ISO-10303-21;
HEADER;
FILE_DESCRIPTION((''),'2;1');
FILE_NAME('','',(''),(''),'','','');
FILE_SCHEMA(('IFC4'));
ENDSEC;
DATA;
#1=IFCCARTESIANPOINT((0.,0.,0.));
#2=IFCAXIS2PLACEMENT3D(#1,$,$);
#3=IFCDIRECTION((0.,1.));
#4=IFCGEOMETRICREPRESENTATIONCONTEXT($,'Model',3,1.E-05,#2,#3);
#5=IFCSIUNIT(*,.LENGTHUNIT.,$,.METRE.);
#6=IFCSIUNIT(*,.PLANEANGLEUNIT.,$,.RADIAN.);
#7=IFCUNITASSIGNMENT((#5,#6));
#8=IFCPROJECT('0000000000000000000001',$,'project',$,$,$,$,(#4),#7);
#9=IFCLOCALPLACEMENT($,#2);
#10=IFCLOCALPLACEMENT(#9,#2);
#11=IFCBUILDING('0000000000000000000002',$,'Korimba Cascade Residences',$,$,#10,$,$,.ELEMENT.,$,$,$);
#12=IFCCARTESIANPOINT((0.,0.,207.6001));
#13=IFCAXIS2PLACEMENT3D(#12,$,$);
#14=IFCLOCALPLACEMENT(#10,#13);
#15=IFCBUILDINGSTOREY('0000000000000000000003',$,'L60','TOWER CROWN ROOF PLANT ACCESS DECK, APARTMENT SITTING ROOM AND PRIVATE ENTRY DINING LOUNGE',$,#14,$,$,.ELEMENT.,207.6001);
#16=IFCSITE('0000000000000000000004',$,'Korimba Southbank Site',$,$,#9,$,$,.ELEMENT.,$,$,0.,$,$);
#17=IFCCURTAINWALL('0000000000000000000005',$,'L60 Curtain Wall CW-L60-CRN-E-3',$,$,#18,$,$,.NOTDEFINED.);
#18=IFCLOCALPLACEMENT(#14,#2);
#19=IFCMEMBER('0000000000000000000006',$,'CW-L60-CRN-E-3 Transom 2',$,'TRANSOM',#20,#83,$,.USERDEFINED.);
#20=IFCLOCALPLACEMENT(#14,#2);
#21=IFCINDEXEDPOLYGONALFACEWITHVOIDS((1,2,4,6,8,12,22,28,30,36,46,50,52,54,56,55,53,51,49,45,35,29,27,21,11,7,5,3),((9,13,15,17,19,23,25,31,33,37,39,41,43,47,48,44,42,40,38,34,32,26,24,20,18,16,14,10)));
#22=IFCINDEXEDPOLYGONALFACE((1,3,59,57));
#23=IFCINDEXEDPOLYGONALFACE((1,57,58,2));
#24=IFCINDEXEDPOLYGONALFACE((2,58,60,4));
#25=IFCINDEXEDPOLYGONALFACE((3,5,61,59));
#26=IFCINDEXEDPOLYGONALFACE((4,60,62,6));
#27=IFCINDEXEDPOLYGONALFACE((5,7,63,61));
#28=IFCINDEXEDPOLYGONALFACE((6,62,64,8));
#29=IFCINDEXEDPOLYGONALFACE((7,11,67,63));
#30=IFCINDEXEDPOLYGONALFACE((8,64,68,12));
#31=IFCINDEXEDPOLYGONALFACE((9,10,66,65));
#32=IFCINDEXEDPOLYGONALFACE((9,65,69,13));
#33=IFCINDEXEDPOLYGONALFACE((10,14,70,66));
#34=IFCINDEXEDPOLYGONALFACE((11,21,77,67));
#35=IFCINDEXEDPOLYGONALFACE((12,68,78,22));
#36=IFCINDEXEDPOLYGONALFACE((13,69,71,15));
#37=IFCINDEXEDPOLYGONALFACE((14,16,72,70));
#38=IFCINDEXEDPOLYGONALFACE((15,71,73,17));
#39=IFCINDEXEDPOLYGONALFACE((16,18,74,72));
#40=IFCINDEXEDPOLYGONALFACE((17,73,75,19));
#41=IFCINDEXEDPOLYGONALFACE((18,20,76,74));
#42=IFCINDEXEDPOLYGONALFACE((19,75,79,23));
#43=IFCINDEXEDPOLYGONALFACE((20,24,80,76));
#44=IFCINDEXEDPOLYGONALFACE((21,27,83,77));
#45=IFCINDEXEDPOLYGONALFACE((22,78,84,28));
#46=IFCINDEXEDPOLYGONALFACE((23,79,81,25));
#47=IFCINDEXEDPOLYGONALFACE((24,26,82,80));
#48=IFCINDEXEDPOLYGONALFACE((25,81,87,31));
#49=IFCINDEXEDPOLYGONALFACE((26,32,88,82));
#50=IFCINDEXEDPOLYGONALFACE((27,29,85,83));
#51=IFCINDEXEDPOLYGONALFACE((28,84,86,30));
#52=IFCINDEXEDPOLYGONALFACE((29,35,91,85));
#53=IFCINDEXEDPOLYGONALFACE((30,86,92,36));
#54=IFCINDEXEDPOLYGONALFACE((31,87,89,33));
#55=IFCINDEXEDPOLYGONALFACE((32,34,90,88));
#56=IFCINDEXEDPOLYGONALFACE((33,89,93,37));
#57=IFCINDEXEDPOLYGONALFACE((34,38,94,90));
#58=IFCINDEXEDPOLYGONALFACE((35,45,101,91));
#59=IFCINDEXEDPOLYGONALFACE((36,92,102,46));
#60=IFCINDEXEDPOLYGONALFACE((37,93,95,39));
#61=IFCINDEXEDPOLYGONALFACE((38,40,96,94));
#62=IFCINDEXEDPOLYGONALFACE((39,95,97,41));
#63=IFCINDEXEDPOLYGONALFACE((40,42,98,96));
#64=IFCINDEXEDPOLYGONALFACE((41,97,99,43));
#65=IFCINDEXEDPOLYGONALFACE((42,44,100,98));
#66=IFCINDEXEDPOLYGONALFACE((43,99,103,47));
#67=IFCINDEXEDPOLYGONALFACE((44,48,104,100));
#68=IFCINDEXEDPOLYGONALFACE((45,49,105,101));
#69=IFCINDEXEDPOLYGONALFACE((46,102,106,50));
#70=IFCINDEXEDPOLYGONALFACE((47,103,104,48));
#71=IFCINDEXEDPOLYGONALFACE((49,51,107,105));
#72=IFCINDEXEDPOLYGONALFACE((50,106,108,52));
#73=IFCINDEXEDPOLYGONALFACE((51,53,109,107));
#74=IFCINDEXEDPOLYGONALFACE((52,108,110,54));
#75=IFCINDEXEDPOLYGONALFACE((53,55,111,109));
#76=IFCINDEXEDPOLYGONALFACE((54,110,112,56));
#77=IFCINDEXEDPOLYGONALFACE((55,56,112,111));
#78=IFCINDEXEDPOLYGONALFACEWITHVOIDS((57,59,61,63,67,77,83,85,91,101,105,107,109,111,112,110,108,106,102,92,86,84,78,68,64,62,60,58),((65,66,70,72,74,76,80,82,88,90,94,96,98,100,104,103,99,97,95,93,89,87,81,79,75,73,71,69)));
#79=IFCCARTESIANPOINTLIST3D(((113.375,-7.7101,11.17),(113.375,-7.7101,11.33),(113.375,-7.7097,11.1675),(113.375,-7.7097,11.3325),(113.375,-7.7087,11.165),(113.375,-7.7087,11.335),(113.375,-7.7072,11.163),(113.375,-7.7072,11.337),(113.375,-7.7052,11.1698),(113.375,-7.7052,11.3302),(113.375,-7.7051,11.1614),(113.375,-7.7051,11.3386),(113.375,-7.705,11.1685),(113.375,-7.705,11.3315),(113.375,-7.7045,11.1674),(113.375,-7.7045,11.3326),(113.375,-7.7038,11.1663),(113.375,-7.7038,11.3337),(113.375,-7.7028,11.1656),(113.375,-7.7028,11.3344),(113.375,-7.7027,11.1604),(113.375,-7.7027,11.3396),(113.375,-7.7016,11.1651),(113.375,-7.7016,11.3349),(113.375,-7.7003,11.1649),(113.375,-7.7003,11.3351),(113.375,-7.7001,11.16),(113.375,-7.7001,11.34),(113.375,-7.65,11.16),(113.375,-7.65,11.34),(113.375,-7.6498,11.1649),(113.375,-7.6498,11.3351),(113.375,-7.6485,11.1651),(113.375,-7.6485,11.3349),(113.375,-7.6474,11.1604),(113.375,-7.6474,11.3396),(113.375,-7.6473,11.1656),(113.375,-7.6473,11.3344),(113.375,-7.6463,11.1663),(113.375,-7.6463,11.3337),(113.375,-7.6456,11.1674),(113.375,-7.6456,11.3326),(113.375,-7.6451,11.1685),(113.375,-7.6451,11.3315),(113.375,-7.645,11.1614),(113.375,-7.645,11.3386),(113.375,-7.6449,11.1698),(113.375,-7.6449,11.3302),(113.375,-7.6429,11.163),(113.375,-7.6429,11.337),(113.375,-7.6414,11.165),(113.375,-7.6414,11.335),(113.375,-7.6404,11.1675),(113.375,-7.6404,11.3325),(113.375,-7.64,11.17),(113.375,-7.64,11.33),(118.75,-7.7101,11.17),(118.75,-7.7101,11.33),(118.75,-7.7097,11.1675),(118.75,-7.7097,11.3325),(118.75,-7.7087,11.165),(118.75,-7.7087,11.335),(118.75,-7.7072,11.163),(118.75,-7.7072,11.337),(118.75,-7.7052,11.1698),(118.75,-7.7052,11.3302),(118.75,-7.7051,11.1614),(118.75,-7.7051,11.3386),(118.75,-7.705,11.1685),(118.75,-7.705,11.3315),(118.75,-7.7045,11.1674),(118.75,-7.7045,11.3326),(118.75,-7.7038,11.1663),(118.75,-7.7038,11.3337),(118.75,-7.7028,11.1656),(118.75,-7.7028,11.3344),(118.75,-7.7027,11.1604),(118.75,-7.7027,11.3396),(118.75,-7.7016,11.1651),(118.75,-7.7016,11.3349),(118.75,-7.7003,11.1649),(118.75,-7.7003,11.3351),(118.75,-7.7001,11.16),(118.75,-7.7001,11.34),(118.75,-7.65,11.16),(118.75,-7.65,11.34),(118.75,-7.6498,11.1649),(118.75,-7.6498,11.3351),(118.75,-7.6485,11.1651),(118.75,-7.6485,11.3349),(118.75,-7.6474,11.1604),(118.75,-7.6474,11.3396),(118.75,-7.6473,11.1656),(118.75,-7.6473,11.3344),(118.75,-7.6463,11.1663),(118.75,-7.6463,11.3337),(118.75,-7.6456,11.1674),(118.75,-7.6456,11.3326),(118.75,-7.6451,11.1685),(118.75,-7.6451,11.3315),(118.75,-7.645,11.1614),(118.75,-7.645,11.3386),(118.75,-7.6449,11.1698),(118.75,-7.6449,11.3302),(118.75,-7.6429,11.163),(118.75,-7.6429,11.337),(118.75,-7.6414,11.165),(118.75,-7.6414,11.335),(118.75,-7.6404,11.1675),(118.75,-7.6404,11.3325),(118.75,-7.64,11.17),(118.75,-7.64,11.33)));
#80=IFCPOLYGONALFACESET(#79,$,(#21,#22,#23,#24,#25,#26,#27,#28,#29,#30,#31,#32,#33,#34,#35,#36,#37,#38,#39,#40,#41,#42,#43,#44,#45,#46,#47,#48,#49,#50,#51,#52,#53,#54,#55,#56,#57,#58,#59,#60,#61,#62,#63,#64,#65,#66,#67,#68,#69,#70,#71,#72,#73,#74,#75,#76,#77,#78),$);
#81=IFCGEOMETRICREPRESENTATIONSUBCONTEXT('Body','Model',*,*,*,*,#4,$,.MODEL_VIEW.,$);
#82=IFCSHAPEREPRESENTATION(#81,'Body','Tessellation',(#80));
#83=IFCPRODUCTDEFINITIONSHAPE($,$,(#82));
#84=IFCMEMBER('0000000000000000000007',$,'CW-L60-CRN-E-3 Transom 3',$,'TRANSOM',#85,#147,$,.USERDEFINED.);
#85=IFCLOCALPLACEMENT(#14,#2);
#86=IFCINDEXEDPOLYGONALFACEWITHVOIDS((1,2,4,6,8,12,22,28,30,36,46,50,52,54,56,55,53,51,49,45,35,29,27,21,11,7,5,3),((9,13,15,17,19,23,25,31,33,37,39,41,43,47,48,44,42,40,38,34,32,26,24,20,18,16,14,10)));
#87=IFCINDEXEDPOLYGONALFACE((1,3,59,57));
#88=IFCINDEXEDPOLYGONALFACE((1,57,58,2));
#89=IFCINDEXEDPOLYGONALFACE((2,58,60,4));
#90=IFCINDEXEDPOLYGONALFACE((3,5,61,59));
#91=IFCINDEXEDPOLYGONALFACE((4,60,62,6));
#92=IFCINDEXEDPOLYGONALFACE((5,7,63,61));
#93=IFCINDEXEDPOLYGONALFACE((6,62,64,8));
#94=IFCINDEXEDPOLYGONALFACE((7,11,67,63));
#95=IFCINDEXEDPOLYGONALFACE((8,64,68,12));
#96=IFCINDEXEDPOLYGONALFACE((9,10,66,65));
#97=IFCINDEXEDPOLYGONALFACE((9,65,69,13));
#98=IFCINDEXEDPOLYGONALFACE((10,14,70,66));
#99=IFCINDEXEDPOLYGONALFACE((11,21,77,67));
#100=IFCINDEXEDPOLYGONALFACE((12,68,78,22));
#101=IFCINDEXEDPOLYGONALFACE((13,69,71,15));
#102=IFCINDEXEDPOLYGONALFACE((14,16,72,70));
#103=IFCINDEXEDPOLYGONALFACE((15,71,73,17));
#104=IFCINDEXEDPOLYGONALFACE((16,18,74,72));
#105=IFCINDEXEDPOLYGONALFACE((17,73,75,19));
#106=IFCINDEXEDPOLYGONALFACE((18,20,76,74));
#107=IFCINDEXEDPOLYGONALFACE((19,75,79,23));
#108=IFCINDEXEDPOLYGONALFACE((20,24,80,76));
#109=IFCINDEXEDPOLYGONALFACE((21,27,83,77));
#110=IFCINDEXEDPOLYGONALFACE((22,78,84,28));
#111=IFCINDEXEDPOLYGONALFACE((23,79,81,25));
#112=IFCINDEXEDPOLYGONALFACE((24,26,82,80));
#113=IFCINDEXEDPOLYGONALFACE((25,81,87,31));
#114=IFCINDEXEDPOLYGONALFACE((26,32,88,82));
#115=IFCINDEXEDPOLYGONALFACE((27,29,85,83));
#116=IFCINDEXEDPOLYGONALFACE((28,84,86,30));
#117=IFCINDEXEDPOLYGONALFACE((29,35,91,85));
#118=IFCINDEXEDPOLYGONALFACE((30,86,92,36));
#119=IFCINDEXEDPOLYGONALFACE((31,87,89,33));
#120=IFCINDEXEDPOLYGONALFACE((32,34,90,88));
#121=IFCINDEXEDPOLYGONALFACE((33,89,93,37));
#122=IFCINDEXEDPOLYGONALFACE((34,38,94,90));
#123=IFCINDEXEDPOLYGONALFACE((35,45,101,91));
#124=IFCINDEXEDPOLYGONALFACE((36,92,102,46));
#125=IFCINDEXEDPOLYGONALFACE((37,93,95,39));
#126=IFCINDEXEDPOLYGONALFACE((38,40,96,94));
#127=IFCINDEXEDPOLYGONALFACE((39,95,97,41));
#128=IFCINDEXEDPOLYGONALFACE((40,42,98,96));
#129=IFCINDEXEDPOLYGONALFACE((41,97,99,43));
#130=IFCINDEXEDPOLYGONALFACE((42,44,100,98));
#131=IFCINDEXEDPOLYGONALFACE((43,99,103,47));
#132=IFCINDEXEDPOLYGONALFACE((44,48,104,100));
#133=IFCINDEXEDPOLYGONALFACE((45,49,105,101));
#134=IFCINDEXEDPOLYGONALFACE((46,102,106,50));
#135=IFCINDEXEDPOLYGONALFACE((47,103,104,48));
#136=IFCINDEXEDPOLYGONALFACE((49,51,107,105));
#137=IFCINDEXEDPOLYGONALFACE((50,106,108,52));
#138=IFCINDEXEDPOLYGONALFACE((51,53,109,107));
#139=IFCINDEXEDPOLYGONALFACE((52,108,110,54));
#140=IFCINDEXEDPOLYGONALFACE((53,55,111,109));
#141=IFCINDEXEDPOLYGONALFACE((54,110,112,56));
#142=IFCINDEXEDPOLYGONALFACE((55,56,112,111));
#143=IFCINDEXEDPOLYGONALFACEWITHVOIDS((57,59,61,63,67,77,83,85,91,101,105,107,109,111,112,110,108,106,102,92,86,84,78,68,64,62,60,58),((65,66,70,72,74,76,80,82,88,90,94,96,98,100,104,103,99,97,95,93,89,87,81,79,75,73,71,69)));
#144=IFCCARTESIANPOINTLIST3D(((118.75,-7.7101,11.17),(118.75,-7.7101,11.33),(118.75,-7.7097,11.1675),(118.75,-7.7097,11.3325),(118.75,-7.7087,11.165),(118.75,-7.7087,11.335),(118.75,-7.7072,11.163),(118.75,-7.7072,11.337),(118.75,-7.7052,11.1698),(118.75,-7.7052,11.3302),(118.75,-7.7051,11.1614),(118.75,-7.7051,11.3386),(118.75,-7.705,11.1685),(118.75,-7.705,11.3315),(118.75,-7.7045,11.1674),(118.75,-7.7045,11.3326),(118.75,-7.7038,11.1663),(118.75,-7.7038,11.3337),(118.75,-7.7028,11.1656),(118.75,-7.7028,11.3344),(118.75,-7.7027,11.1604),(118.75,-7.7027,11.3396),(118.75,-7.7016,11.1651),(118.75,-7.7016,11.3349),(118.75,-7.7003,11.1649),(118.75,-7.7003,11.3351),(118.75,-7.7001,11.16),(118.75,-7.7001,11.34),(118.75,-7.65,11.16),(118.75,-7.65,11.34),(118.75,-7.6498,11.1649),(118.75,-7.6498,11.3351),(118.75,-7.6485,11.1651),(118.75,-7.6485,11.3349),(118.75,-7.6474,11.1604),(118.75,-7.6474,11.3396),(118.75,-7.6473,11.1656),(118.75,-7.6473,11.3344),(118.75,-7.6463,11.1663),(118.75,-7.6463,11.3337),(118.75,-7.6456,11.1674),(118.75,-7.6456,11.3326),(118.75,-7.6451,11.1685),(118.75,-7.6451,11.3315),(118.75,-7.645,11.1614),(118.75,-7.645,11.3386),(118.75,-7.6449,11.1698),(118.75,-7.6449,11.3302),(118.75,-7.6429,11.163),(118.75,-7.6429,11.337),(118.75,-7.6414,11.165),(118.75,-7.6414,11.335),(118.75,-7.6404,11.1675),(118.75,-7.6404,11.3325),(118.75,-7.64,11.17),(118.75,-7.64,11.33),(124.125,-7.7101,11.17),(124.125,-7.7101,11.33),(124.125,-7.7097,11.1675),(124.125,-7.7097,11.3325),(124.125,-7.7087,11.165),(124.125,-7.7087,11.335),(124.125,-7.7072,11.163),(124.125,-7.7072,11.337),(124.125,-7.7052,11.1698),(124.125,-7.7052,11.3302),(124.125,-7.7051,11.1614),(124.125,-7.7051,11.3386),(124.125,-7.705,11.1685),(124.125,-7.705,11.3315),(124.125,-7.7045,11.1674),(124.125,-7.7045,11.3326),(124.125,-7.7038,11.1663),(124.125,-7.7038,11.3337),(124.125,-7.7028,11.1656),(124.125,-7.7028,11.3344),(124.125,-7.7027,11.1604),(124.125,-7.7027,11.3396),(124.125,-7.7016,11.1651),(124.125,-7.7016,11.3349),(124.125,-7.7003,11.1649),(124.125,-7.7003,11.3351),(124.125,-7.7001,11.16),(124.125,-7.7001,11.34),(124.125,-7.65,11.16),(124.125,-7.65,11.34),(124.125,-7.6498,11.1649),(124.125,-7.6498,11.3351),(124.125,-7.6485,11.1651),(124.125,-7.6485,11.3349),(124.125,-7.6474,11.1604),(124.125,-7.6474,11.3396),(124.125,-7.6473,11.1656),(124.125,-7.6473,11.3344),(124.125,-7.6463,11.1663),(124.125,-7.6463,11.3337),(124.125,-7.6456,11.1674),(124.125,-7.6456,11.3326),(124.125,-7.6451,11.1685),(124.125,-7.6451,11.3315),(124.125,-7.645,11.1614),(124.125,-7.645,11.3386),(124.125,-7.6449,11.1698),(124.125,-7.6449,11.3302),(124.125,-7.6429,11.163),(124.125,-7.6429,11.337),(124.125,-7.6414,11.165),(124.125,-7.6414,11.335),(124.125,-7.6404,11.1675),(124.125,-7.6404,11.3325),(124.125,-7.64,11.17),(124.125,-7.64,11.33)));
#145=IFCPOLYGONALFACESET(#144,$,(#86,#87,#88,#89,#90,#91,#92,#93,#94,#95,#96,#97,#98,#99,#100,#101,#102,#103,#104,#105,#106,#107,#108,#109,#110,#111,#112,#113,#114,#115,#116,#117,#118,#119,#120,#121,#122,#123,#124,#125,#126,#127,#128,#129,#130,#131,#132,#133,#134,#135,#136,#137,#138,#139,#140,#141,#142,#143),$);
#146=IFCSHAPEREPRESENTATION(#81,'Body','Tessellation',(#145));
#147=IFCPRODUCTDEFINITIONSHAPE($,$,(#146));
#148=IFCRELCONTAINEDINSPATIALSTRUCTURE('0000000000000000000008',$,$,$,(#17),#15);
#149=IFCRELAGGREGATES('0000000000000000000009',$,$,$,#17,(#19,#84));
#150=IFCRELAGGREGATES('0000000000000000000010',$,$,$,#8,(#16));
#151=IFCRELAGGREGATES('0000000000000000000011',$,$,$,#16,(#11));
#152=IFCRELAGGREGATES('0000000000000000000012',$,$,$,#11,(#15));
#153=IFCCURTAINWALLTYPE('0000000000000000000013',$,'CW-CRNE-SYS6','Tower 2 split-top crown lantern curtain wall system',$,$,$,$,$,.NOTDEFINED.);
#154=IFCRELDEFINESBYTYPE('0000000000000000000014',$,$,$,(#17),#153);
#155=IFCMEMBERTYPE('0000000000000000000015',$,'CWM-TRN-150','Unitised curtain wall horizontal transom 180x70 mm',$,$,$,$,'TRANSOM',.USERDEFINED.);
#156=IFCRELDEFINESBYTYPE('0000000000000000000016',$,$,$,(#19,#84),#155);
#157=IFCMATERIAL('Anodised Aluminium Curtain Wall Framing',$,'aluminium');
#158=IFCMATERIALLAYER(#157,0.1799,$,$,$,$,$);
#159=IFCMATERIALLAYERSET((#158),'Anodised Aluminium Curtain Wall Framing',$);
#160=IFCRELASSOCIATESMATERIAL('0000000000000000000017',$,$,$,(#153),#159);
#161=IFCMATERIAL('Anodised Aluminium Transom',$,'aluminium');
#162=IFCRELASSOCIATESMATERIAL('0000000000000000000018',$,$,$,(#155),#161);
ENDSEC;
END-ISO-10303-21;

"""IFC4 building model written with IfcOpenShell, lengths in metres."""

from ifc_helpers import new_model, si_unit, direction, frame, origin, origin_2d, place, context, subcontext, project, spatial, hollow_rectangle, extrude, material, layer, layer_set, material_profile, profile_set, type_object, element, aggregate, save


model = new_model("IFC4")

# Units and contexts
model_context = context("Model", 3, precision=1e-05, world=origin(), true_north=direction((0.0, 1.0)))
body_context = subcontext(model_context, "Body", "Model", "MODEL_VIEW")
ifc_project = project(units=[si_unit("LENGTHUNIT", "METRE"), si_unit("PLANEANGLEUNIT", "RADIAN")], contexts=[model_context])

# Site, building, storey
site_placement = place(None, origin())
site = spatial("IfcSite", under=ifc_project, at=site_placement, Name="Korimba Southbank Site", CompositionType="ELEMENT", RefElevation=0.0)
building_placement = place(site_placement, origin())
building = spatial("IfcBuilding", under=site, at=building_placement, Name="Korimba Cascade Residences", CompositionType="ELEMENT")
storey_placement = place(building_placement, frame((0.0, 0.0, 207.6001)))
storey = spatial("IfcBuildingStorey", under=building, at=storey_placement, Name="L60", Description="TOWER CROWN ROOF PLANT ACCESS DECK, APARTMENT SITTING ROOM AND PRIVATE ENTRY DINING LOUNGE", CompositionType="ELEMENT", Elevation=207.6001)

# Curtain wall, members
ifc_material_1 = material(Name="Anodised Aluminium Curtain Wall Framing", Category="aluminium")
ifc_layer_1 = layer(ifc_material_1, 0.1799)
ifc_layer_set_1 = layer_set([ifc_layer_1], Name="Anodised Aluminium Curtain Wall Framing")
curtain_wall_type = type_object("IfcCurtainWallType", Name="CW-CRNE-SYS6", Description="Tower 2 split-top crown lantern curtain wall system", PredefinedType="NOTDEFINED", material=ifc_layer_set_1)
curtain_wall_placement = place(storey_placement, origin())
curtain_wall = element("IfcCurtainWall", 1, at=curtain_wall_placement, inside=storey, type_object=curtain_wall_type, Name="L60 Curtain Wall CW-L60-CRN-E-3", PredefinedType="NOTDEFINED")
ifc_material_2 = material(Name="Anodised Aluminium Transom", Category="aluminium")
ifc_material_profile_1 = material_profile(ifc_material_2, hollow_rectangle(XDim=0.0701, YDim=0.1799, WallThickness=0.0049, InnerFilletRadius=0.0049, OuterFilletRadius=0.01, at=origin_2d()), Name="Anodised Aluminium Transom")
ifc_profile_set_1 = profile_set([ifc_material_profile_1], Name="Anodised Aluminium Transom")
member_type_1 = type_object("IfcMemberType", Name="CWM-TRN-150", Description="Unitised curtain wall horizontal transom 180x70 mm", ElementType="TRANSOM", PredefinedType="USERDEFINED", material=ifc_profile_set_1)
member_1_placement = place(storey_placement, frame((113.375, -7.675, 11.25), z_axis=(1.0, 0.0, 0.0), x_axis=(0.0, 1.0, 0.0)))
member_1 = element("IfcMember", 2, at=member_1_placement, type_object=member_type_1, Name="CW-L60-CRN-E-3 Transom 2", ObjectType="TRANSOM", PredefinedType="USERDEFINED", context=body_context, shape_type="SweptSolid", body=[
    extrude(hollow_rectangle(XDim=0.0701, YDim=0.1799, WallThickness=0.0049, InnerFilletRadius=0.0049, OuterFilletRadius=0.01, at=origin_2d()), origin(), (0.0, 0.0, 1.0), 5.375),
])
member_2_placement = place(storey_placement, frame((118.75, -7.675, 11.25), z_axis=(1.0, 0.0, 0.0), x_axis=(0.0, 1.0, 0.0)))
member_2 = element("IfcMember", 3, at=member_2_placement, type_object=member_type_1, Name="CW-L60-CRN-E-3 Transom 3", ObjectType="TRANSOM", PredefinedType="USERDEFINED", context=body_context, shape_type="SweptSolid", body=[
    extrude(hollow_rectangle(XDim=0.0701, YDim=0.1799, WallThickness=0.0049, InnerFilletRadius=0.0049, OuterFilletRadius=0.01, at=origin_2d()), origin(), (0.0, 0.0, 1.0), 5.375),
])

aggregate(curtain_wall, [member_1, member_2])

save(model, "model.ifc")
